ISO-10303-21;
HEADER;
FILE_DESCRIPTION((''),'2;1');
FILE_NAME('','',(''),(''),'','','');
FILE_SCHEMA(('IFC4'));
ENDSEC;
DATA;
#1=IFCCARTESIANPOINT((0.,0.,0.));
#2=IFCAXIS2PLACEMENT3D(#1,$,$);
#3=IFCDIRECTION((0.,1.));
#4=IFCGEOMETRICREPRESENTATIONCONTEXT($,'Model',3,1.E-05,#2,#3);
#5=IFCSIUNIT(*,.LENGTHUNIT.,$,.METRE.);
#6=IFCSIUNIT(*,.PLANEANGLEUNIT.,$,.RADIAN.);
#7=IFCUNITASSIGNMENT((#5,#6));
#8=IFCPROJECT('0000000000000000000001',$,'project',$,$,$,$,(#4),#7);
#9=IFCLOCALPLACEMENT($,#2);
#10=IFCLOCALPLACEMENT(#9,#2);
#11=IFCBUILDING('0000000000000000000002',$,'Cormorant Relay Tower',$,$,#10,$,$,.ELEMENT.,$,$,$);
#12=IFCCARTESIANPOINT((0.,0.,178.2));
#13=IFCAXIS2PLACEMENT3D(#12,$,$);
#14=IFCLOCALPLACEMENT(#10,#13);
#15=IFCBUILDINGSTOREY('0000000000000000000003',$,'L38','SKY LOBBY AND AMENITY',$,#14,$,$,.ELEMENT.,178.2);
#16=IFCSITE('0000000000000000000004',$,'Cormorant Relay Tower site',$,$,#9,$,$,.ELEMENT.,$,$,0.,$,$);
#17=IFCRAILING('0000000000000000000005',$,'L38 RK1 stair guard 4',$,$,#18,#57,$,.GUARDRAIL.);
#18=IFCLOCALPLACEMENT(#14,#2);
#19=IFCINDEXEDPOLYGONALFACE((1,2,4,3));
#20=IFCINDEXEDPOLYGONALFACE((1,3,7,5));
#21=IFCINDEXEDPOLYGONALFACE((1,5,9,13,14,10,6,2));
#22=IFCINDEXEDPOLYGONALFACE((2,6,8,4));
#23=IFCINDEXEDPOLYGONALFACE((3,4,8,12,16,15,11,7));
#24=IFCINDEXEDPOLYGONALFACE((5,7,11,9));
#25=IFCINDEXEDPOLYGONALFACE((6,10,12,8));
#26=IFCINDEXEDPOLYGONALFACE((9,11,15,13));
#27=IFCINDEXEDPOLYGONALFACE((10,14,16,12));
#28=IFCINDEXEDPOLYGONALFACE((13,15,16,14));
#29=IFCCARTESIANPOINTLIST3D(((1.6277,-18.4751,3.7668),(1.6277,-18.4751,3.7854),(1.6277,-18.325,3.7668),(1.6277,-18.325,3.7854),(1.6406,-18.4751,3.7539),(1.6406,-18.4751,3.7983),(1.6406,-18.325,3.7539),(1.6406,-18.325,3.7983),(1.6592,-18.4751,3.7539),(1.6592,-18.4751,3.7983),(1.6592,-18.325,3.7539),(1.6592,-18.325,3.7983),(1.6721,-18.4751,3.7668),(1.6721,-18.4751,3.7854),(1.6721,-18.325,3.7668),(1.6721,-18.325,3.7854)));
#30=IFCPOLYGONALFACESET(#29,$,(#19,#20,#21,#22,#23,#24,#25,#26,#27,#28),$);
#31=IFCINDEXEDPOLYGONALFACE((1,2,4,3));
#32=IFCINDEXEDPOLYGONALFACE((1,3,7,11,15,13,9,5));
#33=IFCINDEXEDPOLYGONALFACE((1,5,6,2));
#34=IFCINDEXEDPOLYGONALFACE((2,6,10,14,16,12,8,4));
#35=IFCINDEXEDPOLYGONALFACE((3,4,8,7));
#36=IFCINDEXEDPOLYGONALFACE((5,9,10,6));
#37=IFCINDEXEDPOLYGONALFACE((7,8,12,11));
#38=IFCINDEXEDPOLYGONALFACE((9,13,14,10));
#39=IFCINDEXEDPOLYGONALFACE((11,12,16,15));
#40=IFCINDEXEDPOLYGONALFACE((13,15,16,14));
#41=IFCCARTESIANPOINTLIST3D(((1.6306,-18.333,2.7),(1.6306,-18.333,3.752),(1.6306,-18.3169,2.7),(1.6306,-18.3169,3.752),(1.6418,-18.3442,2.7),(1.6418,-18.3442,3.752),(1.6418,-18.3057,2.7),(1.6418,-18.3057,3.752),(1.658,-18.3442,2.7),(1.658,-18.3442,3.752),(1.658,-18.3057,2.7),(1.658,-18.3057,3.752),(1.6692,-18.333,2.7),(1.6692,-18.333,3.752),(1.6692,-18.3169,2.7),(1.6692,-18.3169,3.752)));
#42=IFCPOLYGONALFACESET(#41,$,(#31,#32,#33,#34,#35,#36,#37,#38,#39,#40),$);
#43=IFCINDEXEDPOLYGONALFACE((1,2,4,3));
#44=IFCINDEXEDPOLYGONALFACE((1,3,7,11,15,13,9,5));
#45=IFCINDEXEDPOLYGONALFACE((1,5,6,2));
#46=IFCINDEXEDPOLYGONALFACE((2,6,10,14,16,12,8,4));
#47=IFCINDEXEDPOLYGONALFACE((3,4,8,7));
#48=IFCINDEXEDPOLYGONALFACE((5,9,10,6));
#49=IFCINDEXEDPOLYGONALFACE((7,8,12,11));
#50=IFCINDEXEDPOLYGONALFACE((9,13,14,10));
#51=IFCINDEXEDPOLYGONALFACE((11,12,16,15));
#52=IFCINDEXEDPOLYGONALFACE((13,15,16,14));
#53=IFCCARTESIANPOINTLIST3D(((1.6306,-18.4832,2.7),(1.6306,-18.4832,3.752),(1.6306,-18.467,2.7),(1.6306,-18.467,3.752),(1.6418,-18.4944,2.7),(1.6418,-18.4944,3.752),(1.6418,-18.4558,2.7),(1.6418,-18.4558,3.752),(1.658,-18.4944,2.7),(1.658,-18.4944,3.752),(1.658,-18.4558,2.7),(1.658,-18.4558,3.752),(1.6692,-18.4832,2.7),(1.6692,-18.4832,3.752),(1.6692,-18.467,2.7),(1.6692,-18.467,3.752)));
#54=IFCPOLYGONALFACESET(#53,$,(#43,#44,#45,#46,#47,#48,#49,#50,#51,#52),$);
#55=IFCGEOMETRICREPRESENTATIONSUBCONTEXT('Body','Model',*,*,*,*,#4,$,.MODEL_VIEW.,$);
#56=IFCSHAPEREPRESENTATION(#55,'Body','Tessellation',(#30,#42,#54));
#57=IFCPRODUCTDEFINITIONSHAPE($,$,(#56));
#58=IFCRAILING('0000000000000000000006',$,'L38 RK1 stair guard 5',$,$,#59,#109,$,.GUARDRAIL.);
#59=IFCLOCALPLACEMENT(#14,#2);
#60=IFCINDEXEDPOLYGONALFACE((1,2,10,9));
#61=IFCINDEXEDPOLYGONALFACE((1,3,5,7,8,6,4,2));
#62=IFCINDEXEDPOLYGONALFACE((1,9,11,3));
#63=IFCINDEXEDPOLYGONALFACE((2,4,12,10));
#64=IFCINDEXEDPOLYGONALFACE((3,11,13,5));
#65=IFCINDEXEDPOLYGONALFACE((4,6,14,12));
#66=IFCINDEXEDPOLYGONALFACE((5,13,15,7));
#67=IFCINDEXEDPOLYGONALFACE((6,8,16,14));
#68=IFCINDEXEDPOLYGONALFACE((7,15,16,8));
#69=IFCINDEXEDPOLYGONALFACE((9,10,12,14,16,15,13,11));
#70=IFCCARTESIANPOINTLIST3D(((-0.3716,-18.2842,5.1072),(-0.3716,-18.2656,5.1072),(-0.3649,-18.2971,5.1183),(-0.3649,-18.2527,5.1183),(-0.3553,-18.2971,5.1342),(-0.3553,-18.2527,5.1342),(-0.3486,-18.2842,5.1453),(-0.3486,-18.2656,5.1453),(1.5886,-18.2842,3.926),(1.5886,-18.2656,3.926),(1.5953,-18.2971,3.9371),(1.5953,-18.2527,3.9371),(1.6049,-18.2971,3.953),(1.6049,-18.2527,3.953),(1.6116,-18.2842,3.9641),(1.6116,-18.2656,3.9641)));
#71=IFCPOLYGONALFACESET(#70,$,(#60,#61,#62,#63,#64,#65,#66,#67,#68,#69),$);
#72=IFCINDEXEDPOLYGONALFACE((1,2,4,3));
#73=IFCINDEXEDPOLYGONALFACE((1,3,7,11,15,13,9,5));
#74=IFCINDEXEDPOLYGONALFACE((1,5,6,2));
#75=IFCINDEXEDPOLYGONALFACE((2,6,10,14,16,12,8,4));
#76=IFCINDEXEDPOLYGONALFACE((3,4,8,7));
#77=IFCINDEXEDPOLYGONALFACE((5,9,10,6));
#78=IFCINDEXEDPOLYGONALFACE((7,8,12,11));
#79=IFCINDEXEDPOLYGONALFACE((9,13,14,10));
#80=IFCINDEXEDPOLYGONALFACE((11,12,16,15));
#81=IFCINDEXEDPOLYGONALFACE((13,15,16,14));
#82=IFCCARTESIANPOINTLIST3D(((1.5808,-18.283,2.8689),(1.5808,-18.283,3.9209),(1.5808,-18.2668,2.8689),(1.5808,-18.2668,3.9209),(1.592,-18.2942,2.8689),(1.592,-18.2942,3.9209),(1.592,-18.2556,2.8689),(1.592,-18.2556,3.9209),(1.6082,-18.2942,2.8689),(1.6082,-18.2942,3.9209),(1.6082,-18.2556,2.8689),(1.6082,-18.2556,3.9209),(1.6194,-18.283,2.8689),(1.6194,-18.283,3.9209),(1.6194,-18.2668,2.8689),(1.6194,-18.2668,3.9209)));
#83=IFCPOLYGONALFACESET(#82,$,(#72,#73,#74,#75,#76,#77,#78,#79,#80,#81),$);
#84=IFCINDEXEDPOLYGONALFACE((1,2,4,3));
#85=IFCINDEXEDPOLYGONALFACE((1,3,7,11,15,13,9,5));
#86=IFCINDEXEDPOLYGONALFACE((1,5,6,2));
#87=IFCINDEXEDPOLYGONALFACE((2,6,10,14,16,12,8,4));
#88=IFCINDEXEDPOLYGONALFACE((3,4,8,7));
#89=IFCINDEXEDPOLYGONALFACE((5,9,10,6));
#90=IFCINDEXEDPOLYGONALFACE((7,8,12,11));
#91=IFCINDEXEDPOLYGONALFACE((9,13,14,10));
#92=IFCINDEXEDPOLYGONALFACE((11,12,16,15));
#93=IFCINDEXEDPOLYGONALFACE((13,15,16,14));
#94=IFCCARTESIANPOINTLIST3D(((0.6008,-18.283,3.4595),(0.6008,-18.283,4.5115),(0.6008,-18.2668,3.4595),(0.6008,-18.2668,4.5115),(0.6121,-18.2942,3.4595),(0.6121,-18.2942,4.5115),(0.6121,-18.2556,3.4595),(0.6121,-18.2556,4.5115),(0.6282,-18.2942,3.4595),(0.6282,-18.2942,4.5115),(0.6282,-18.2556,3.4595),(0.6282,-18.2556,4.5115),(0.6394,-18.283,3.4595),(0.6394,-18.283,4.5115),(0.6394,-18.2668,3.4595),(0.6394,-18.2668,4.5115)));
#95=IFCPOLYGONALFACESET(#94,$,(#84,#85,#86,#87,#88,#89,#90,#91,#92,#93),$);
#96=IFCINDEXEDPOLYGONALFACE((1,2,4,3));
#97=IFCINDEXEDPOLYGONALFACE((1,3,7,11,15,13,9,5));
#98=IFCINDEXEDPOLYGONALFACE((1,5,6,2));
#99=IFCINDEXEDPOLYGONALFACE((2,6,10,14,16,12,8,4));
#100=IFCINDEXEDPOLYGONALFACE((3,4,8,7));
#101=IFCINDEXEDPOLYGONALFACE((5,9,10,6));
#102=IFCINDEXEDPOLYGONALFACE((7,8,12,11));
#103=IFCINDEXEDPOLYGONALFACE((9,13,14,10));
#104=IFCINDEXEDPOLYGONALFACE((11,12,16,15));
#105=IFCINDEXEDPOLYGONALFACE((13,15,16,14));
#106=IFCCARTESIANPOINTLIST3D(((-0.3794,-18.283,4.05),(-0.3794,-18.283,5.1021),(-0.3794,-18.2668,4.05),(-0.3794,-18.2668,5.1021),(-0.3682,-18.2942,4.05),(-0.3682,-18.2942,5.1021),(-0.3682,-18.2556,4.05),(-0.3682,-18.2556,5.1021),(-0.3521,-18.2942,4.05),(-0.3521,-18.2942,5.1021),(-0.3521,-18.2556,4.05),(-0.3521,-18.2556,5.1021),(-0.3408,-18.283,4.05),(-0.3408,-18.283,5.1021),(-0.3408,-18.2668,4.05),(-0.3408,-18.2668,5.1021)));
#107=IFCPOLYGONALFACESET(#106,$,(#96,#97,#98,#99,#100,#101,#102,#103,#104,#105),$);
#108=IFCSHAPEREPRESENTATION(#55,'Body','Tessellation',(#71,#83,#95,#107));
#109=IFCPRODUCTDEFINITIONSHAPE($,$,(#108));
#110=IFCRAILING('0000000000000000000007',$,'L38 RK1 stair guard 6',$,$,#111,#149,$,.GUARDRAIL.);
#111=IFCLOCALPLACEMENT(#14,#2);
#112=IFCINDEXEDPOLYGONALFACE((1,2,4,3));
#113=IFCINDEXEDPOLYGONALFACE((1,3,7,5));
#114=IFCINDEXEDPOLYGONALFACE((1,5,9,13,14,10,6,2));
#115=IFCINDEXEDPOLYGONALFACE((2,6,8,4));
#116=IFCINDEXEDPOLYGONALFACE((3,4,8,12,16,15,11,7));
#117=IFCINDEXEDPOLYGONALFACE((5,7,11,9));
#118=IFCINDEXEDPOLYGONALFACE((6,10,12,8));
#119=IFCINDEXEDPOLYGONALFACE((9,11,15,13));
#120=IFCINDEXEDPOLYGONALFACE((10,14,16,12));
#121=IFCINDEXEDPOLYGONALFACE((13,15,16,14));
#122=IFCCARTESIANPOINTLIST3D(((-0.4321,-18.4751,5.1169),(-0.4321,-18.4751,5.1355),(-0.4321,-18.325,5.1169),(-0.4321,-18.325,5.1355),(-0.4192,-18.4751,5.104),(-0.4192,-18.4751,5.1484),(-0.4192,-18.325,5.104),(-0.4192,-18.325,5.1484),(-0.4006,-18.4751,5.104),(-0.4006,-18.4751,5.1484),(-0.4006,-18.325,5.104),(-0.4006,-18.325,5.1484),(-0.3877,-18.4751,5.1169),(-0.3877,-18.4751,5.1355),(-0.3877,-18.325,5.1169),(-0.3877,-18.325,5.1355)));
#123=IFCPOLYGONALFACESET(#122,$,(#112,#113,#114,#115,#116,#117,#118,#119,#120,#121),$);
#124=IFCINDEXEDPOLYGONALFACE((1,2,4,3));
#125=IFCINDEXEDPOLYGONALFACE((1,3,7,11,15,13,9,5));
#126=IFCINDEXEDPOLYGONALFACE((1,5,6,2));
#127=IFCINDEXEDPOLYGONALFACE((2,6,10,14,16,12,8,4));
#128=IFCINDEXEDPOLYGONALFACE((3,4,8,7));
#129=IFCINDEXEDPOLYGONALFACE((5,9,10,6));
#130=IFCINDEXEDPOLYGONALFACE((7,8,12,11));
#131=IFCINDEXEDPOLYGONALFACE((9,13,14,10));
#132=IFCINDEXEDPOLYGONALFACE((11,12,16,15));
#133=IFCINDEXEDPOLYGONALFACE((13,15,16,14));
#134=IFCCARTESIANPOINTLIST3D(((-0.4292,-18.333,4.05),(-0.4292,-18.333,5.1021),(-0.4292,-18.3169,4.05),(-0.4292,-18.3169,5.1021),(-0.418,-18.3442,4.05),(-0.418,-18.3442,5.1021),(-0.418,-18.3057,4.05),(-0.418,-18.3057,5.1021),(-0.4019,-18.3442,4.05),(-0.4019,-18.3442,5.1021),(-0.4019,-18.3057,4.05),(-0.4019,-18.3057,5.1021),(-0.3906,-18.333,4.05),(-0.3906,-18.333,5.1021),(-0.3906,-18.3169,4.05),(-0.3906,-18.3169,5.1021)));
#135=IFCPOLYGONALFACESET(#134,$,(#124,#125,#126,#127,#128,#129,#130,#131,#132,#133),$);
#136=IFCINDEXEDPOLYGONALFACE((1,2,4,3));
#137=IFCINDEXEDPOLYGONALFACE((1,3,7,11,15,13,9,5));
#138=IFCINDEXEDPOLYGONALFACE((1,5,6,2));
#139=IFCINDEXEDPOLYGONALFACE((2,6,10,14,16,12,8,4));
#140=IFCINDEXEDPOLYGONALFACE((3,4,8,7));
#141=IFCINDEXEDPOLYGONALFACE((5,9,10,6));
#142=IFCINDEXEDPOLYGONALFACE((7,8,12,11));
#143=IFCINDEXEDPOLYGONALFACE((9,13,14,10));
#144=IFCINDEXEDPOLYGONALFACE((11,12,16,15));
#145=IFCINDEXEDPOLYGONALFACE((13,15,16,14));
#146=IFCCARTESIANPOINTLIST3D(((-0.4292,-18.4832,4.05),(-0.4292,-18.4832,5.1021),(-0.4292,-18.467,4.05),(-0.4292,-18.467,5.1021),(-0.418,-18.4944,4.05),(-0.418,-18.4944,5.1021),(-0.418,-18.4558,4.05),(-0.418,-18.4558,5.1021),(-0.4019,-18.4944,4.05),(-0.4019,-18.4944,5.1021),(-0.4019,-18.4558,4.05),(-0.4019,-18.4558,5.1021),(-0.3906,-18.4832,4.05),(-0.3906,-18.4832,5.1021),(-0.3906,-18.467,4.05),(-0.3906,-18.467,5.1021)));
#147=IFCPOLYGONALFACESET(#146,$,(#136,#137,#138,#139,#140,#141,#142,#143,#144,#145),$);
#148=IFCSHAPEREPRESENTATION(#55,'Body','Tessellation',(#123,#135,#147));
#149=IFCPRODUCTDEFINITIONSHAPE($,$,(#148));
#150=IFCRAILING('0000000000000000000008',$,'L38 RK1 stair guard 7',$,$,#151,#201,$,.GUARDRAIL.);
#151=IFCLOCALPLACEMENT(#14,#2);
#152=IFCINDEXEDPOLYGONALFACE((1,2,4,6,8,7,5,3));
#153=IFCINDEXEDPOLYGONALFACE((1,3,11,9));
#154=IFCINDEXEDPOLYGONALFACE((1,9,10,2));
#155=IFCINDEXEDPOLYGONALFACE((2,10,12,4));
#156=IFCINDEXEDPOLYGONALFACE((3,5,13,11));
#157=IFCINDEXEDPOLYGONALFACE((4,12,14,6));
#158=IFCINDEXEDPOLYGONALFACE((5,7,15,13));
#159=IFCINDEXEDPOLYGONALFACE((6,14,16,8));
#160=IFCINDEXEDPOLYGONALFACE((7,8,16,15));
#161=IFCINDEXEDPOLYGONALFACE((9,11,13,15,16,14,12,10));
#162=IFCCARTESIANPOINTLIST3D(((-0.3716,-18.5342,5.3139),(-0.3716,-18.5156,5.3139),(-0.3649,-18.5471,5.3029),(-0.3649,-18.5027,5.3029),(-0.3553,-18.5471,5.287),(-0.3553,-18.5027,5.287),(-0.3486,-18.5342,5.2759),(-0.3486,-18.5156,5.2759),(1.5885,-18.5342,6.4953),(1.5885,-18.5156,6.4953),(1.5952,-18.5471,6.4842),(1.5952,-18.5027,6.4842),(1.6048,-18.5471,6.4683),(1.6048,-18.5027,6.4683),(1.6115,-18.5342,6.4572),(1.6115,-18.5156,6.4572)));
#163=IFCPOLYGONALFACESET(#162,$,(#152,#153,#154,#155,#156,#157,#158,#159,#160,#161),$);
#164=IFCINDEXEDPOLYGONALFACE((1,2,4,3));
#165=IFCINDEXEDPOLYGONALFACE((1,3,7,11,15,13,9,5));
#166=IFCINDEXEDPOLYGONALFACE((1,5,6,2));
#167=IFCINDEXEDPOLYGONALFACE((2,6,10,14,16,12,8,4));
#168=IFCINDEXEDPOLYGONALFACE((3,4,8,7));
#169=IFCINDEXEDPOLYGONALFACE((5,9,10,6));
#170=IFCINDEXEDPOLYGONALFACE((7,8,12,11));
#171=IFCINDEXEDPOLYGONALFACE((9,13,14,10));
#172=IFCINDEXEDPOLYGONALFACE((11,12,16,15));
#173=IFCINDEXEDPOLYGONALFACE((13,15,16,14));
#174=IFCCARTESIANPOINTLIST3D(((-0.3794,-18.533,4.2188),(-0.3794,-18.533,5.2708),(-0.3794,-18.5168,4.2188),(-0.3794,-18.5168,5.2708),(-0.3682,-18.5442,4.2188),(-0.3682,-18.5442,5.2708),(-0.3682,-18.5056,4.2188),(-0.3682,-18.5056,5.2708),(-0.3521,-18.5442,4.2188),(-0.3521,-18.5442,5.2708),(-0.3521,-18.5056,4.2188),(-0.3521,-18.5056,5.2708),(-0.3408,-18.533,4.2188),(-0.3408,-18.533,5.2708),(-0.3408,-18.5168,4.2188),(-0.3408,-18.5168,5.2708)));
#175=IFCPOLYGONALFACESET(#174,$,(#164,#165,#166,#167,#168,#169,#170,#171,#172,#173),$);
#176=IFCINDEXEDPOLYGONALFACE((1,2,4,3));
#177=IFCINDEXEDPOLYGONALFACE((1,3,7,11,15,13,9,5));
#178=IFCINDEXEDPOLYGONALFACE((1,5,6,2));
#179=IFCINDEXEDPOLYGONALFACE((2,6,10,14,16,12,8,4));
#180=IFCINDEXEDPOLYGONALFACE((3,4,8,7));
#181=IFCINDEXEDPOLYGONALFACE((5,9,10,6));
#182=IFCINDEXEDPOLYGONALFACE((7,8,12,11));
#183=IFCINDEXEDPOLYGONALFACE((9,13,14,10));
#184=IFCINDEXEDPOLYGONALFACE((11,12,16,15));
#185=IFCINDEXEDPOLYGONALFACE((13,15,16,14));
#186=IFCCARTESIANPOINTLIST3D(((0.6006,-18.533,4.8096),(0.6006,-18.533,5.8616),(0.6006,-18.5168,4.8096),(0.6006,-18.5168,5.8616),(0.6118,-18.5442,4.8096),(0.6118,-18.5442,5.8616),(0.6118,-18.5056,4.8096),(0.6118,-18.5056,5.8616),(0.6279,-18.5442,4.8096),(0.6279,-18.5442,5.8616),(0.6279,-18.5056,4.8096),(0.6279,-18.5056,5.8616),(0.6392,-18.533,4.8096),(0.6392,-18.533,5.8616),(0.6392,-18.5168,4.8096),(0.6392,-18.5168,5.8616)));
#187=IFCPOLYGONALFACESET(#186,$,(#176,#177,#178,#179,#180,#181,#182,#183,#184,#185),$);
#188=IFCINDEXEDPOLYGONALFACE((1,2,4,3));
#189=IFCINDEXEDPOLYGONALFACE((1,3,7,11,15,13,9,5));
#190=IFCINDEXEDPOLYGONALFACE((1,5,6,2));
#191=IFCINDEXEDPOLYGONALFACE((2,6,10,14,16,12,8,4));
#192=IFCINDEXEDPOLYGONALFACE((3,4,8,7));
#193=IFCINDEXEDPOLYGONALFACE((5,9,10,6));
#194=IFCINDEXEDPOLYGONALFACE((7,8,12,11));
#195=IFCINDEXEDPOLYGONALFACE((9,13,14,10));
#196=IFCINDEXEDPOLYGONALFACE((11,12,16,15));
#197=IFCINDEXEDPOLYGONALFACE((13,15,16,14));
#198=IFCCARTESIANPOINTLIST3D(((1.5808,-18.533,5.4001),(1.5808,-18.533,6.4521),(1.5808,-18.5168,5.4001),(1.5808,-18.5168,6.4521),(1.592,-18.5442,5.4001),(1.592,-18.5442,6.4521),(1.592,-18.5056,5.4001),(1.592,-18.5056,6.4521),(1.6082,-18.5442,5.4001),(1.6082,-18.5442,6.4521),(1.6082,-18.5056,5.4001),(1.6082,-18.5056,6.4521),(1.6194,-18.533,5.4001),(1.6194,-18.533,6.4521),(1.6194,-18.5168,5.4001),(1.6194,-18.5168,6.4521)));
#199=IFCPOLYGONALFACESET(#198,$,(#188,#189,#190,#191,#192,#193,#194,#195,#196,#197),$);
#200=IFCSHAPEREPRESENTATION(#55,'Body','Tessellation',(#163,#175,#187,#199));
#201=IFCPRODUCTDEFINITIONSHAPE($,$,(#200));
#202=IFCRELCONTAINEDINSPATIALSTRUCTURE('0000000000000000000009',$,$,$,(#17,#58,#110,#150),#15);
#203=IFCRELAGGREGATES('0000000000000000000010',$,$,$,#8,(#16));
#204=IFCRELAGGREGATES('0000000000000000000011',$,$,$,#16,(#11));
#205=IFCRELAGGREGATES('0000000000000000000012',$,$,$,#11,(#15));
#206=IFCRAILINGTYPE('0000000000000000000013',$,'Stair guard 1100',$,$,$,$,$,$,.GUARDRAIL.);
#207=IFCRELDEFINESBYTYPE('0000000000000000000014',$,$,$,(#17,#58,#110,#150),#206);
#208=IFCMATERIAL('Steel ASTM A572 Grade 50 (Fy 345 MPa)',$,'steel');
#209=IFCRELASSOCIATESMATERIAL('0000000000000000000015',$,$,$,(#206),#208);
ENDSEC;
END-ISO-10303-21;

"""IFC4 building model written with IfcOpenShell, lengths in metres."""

from ifc_helpers import new_model, si_unit, direction, frame, origin, place, context, subcontext, project, spatial, polyline, outline, extrude, material, type_object, element, save


model = new_model("IFC4")

# Units and contexts
model_context = context("Model", 3, precision=1e-05, world=origin(), true_north=direction((0.0, 1.0)))
body_context = subcontext(model_context, "Body", "Model", "MODEL_VIEW")
ifc_project = project(units=[si_unit("LENGTHUNIT", "METRE"), si_unit("PLANEANGLEUNIT", "RADIAN")], contexts=[model_context])

# Site, building, storey
site_placement = place(None, origin())
site = spatial("IfcSite", under=ifc_project, at=site_placement, Name="Cormorant Relay Tower site", CompositionType="ELEMENT", RefElevation=0.0)
building_placement = place(site_placement, origin())
building = spatial("IfcBuilding", under=site, at=building_placement, Name="Cormorant Relay Tower", CompositionType="ELEMENT")
storey_placement = place(building_placement, frame((0.0, 0.0, 178.2)))
storey = spatial("IfcBuildingStorey", under=building, at=storey_placement, Name="L38", Description="SKY LOBBY AND AMENITY", CompositionType="ELEMENT", Elevation=178.2)

# Railings
ifc_material_1 = material(Name="Steel ASTM A572 Grade 50 (Fy 345 MPa)", Category="steel")
railing_type_1 = type_object("IfcRailingType", Name="Stair guard 1100", PredefinedType="GUARDRAIL", material=ifc_material_1)
railing_1_placement = place(storey_placement, frame((1.6499, -18.325, 2.7)))
element("IfcRailing", 1, at=railing_1_placement, inside=storey, type_object=railing_type_1, Name="L38 RK1 stair guard 4", PredefinedType="GUARDRAIL", context=body_context, shape_type="SweptSolid", body=[
    extrude(outline(polyline([(0.0222, 0.0093), (0.0093, 0.0222), (-0.0093, 0.0222), (-0.0222, 0.0093), (-0.0222, -0.0093), (-0.0093, -0.0222), (0.0093, -0.0222), (0.0222, -0.0093), (0.0222, 0.0093)])), frame((0.0, 0.0, 1.0762), z_axis=(0.0, -1.0, 0.0), x_axis=(1.0, 0.0, 0.0)), (0.0, 0.0, 1.0), 0.1501),
    extrude(outline(polyline([(0.0193, 0.0081), (0.0081, 0.0193), (-0.0081, 0.0193), (-0.0193, 0.0081), (-0.0193, -0.0081), (-0.0081, -0.0193), (0.0081, -0.0193), (0.0193, -0.0081), (0.0193, 0.0081)])), origin(), (0.0, 0.0, 1.0), 1.052),
    extrude(outline(polyline([(0.0193, 0.0081), (0.0081, 0.0193), (-0.0081, 0.0193), (-0.0193, 0.0081), (-0.0193, -0.0081), (-0.0081, -0.0193), (0.0081, -0.0193), (0.0193, -0.0081), (0.0193, 0.0081)])), frame((0.0, -0.1501, 0.0)), (0.0, 0.0, 1.0), 1.052),
])
railing_2_placement = place(storey_placement, frame((1.6001, -18.2749, 2.8689)))
element("IfcRailing", 2, at=railing_2_placement, inside=storey, type_object=railing_type_1, Name="L38 RK1 stair guard 5", PredefinedType="GUARDRAIL", context=body_context, shape_type="SweptSolid", body=[
    extrude(outline(polyline([(0.0222, 0.0093), (0.0093, 0.0222), (-0.0093, 0.0222), (-0.0222, 0.0093), (-0.0222, -0.0093), (-0.0093, -0.0222), (0.0093, -0.0222), (0.0222, -0.0093), (0.0222, 0.0093)])), frame((0.0, 0.0, 1.0762), z_axis=(-0.856522, 0.0, 0.516111), x_axis=(0.0, -1.0, 0.0)), (0.0, 0.0, 1.0), 2.2886),
    extrude(outline(polyline([(0.0193, 0.0081), (0.0081, 0.0193), (-0.0081, 0.0193), (-0.0193, 0.0081), (-0.0193, -0.0081), (-0.0081, -0.0193), (0.0081, -0.0193), (0.0193, -0.0081), (0.0193, 0.0081)])), origin(), (0.0, 0.0, 1.0), 1.052),
    extrude(outline(polyline([(0.0193, 0.0081), (0.0081, 0.0193), (-0.0081, 0.0193), (-0.0193, 0.0081), (-0.0193, -0.0081), (-0.0081, -0.0193), (0.0081, -0.0193), (0.0193, -0.0081), (0.0193, 0.0081)])), frame((-0.98, 0.0, 0.5906)), (0.0, 0.0, 1.0), 1.052),
    extrude(outline(polyline([(0.0193, 0.0081), (0.0081, 0.0193), (-0.0081, 0.0193), (-0.0193, 0.0081), (-0.0193, -0.0081), (-0.0081, -0.0193), (0.0081, -0.0193), (0.0193, -0.0081), (0.0193, 0.0081)])), frame((-1.9602, 0.0, 1.1812)), (0.0, 0.0, 1.0), 1.052),
])
railing_3_placement = place(storey_placement, frame((-0.4099, -18.325, 4.05)))
element("IfcRailing", 3, at=railing_3_placement, inside=storey, type_object=railing_type_1, Name="L38 RK1 stair guard 6", PredefinedType="GUARDRAIL", context=body_context, shape_type="SweptSolid", body=[
    extrude(outline(polyline([(0.0222, 0.0093), (0.0093, 0.0222), (-0.0093, 0.0222), (-0.0222, 0.0093), (-0.0222, -0.0093), (-0.0093, -0.0222), (0.0093, -0.0222), (0.0222, -0.0093), (0.0222, 0.0093)])), frame((0.0, 0.0, 1.0762), z_axis=(0.0, -1.0, 0.0), x_axis=(1.0, 0.0, 0.0)), (0.0, 0.0, 1.0), 0.1501),
    extrude(outline(polyline([(0.0193, 0.0081), (0.0081, 0.0193), (-0.0081, 0.0193), (-0.0193, 0.0081), (-0.0193, -0.0081), (-0.0081, -0.0193), (0.0081, -0.0193), (0.0193, -0.0081), (0.0193, 0.0081)])), origin(), (0.0, 0.0, 1.0), 1.052),
    extrude(outline(polyline([(0.0193, 0.0081), (0.0081, 0.0193), (-0.0081, 0.0193), (-0.0193, 0.0081), (-0.0193, -0.0081), (-0.0081, -0.0193), (0.0081, -0.0193), (0.0193, -0.0081), (0.0193, 0.0081)])), frame((0.0, -0.1501, 0.0)), (0.0, 0.0, 1.0), 1.052),
])
railing_4_placement = place(storey_placement, frame((-0.3601, -18.5249, 4.2188)))
element("IfcRailing", 4, at=railing_4_placement, inside=storey, type_object=railing_type_1, Name="L38 RK1 stair guard 7", PredefinedType="GUARDRAIL", context=body_context, shape_type="SweptSolid", body=[
    extrude(outline(polyline([(0.0222, 0.0093), (0.0093, 0.0222), (-0.0093, 0.0222), (-0.0222, 0.0093), (-0.0222, -0.0093), (-0.0093, -0.0222), (0.0093, -0.0222), (0.0222, -0.0093), (0.0222, 0.0093)])), frame((0.0, 0.0, 1.0762), z_axis=(0.856475, 0.0, 0.516189), x_axis=(0.0, 1.0, 0.0)), (0.0, 0.0, 1.0), 2.2886),
    extrude(outline(polyline([(0.0193, 0.0081), (0.0081, 0.0193), (-0.0081, 0.0193), (-0.0193, 0.0081), (-0.0193, -0.0081), (-0.0081, -0.0193), (0.0081, -0.0193), (0.0193, -0.0081), (0.0193, 0.0081)])), origin(), (0.0, 0.0, 1.0), 1.052),
    extrude(outline(polyline([(0.0193, 0.0081), (0.0081, 0.0193), (-0.0081, 0.0193), (-0.0193, 0.0081), (-0.0193, -0.0081), (-0.0081, -0.0193), (0.0081, -0.0193), (0.0193, -0.0081), (0.0193, 0.0081)])), frame((0.98, 0.0, 0.5908)), (0.0, 0.0, 1.0), 1.052),
    extrude(outline(polyline([(0.0193, 0.0081), (0.0081, 0.0193), (-0.0081, 0.0193), (-0.0193, 0.0081), (-0.0193, -0.0081), (-0.0081, -0.0193), (0.0081, -0.0193), (0.0193, -0.0081), (0.0193, 0.0081)])), frame((1.9602, 0.0, 1.1814)), (0.0, 0.0, 1.0), 1.052),
])

save(model, "model.ifc")
